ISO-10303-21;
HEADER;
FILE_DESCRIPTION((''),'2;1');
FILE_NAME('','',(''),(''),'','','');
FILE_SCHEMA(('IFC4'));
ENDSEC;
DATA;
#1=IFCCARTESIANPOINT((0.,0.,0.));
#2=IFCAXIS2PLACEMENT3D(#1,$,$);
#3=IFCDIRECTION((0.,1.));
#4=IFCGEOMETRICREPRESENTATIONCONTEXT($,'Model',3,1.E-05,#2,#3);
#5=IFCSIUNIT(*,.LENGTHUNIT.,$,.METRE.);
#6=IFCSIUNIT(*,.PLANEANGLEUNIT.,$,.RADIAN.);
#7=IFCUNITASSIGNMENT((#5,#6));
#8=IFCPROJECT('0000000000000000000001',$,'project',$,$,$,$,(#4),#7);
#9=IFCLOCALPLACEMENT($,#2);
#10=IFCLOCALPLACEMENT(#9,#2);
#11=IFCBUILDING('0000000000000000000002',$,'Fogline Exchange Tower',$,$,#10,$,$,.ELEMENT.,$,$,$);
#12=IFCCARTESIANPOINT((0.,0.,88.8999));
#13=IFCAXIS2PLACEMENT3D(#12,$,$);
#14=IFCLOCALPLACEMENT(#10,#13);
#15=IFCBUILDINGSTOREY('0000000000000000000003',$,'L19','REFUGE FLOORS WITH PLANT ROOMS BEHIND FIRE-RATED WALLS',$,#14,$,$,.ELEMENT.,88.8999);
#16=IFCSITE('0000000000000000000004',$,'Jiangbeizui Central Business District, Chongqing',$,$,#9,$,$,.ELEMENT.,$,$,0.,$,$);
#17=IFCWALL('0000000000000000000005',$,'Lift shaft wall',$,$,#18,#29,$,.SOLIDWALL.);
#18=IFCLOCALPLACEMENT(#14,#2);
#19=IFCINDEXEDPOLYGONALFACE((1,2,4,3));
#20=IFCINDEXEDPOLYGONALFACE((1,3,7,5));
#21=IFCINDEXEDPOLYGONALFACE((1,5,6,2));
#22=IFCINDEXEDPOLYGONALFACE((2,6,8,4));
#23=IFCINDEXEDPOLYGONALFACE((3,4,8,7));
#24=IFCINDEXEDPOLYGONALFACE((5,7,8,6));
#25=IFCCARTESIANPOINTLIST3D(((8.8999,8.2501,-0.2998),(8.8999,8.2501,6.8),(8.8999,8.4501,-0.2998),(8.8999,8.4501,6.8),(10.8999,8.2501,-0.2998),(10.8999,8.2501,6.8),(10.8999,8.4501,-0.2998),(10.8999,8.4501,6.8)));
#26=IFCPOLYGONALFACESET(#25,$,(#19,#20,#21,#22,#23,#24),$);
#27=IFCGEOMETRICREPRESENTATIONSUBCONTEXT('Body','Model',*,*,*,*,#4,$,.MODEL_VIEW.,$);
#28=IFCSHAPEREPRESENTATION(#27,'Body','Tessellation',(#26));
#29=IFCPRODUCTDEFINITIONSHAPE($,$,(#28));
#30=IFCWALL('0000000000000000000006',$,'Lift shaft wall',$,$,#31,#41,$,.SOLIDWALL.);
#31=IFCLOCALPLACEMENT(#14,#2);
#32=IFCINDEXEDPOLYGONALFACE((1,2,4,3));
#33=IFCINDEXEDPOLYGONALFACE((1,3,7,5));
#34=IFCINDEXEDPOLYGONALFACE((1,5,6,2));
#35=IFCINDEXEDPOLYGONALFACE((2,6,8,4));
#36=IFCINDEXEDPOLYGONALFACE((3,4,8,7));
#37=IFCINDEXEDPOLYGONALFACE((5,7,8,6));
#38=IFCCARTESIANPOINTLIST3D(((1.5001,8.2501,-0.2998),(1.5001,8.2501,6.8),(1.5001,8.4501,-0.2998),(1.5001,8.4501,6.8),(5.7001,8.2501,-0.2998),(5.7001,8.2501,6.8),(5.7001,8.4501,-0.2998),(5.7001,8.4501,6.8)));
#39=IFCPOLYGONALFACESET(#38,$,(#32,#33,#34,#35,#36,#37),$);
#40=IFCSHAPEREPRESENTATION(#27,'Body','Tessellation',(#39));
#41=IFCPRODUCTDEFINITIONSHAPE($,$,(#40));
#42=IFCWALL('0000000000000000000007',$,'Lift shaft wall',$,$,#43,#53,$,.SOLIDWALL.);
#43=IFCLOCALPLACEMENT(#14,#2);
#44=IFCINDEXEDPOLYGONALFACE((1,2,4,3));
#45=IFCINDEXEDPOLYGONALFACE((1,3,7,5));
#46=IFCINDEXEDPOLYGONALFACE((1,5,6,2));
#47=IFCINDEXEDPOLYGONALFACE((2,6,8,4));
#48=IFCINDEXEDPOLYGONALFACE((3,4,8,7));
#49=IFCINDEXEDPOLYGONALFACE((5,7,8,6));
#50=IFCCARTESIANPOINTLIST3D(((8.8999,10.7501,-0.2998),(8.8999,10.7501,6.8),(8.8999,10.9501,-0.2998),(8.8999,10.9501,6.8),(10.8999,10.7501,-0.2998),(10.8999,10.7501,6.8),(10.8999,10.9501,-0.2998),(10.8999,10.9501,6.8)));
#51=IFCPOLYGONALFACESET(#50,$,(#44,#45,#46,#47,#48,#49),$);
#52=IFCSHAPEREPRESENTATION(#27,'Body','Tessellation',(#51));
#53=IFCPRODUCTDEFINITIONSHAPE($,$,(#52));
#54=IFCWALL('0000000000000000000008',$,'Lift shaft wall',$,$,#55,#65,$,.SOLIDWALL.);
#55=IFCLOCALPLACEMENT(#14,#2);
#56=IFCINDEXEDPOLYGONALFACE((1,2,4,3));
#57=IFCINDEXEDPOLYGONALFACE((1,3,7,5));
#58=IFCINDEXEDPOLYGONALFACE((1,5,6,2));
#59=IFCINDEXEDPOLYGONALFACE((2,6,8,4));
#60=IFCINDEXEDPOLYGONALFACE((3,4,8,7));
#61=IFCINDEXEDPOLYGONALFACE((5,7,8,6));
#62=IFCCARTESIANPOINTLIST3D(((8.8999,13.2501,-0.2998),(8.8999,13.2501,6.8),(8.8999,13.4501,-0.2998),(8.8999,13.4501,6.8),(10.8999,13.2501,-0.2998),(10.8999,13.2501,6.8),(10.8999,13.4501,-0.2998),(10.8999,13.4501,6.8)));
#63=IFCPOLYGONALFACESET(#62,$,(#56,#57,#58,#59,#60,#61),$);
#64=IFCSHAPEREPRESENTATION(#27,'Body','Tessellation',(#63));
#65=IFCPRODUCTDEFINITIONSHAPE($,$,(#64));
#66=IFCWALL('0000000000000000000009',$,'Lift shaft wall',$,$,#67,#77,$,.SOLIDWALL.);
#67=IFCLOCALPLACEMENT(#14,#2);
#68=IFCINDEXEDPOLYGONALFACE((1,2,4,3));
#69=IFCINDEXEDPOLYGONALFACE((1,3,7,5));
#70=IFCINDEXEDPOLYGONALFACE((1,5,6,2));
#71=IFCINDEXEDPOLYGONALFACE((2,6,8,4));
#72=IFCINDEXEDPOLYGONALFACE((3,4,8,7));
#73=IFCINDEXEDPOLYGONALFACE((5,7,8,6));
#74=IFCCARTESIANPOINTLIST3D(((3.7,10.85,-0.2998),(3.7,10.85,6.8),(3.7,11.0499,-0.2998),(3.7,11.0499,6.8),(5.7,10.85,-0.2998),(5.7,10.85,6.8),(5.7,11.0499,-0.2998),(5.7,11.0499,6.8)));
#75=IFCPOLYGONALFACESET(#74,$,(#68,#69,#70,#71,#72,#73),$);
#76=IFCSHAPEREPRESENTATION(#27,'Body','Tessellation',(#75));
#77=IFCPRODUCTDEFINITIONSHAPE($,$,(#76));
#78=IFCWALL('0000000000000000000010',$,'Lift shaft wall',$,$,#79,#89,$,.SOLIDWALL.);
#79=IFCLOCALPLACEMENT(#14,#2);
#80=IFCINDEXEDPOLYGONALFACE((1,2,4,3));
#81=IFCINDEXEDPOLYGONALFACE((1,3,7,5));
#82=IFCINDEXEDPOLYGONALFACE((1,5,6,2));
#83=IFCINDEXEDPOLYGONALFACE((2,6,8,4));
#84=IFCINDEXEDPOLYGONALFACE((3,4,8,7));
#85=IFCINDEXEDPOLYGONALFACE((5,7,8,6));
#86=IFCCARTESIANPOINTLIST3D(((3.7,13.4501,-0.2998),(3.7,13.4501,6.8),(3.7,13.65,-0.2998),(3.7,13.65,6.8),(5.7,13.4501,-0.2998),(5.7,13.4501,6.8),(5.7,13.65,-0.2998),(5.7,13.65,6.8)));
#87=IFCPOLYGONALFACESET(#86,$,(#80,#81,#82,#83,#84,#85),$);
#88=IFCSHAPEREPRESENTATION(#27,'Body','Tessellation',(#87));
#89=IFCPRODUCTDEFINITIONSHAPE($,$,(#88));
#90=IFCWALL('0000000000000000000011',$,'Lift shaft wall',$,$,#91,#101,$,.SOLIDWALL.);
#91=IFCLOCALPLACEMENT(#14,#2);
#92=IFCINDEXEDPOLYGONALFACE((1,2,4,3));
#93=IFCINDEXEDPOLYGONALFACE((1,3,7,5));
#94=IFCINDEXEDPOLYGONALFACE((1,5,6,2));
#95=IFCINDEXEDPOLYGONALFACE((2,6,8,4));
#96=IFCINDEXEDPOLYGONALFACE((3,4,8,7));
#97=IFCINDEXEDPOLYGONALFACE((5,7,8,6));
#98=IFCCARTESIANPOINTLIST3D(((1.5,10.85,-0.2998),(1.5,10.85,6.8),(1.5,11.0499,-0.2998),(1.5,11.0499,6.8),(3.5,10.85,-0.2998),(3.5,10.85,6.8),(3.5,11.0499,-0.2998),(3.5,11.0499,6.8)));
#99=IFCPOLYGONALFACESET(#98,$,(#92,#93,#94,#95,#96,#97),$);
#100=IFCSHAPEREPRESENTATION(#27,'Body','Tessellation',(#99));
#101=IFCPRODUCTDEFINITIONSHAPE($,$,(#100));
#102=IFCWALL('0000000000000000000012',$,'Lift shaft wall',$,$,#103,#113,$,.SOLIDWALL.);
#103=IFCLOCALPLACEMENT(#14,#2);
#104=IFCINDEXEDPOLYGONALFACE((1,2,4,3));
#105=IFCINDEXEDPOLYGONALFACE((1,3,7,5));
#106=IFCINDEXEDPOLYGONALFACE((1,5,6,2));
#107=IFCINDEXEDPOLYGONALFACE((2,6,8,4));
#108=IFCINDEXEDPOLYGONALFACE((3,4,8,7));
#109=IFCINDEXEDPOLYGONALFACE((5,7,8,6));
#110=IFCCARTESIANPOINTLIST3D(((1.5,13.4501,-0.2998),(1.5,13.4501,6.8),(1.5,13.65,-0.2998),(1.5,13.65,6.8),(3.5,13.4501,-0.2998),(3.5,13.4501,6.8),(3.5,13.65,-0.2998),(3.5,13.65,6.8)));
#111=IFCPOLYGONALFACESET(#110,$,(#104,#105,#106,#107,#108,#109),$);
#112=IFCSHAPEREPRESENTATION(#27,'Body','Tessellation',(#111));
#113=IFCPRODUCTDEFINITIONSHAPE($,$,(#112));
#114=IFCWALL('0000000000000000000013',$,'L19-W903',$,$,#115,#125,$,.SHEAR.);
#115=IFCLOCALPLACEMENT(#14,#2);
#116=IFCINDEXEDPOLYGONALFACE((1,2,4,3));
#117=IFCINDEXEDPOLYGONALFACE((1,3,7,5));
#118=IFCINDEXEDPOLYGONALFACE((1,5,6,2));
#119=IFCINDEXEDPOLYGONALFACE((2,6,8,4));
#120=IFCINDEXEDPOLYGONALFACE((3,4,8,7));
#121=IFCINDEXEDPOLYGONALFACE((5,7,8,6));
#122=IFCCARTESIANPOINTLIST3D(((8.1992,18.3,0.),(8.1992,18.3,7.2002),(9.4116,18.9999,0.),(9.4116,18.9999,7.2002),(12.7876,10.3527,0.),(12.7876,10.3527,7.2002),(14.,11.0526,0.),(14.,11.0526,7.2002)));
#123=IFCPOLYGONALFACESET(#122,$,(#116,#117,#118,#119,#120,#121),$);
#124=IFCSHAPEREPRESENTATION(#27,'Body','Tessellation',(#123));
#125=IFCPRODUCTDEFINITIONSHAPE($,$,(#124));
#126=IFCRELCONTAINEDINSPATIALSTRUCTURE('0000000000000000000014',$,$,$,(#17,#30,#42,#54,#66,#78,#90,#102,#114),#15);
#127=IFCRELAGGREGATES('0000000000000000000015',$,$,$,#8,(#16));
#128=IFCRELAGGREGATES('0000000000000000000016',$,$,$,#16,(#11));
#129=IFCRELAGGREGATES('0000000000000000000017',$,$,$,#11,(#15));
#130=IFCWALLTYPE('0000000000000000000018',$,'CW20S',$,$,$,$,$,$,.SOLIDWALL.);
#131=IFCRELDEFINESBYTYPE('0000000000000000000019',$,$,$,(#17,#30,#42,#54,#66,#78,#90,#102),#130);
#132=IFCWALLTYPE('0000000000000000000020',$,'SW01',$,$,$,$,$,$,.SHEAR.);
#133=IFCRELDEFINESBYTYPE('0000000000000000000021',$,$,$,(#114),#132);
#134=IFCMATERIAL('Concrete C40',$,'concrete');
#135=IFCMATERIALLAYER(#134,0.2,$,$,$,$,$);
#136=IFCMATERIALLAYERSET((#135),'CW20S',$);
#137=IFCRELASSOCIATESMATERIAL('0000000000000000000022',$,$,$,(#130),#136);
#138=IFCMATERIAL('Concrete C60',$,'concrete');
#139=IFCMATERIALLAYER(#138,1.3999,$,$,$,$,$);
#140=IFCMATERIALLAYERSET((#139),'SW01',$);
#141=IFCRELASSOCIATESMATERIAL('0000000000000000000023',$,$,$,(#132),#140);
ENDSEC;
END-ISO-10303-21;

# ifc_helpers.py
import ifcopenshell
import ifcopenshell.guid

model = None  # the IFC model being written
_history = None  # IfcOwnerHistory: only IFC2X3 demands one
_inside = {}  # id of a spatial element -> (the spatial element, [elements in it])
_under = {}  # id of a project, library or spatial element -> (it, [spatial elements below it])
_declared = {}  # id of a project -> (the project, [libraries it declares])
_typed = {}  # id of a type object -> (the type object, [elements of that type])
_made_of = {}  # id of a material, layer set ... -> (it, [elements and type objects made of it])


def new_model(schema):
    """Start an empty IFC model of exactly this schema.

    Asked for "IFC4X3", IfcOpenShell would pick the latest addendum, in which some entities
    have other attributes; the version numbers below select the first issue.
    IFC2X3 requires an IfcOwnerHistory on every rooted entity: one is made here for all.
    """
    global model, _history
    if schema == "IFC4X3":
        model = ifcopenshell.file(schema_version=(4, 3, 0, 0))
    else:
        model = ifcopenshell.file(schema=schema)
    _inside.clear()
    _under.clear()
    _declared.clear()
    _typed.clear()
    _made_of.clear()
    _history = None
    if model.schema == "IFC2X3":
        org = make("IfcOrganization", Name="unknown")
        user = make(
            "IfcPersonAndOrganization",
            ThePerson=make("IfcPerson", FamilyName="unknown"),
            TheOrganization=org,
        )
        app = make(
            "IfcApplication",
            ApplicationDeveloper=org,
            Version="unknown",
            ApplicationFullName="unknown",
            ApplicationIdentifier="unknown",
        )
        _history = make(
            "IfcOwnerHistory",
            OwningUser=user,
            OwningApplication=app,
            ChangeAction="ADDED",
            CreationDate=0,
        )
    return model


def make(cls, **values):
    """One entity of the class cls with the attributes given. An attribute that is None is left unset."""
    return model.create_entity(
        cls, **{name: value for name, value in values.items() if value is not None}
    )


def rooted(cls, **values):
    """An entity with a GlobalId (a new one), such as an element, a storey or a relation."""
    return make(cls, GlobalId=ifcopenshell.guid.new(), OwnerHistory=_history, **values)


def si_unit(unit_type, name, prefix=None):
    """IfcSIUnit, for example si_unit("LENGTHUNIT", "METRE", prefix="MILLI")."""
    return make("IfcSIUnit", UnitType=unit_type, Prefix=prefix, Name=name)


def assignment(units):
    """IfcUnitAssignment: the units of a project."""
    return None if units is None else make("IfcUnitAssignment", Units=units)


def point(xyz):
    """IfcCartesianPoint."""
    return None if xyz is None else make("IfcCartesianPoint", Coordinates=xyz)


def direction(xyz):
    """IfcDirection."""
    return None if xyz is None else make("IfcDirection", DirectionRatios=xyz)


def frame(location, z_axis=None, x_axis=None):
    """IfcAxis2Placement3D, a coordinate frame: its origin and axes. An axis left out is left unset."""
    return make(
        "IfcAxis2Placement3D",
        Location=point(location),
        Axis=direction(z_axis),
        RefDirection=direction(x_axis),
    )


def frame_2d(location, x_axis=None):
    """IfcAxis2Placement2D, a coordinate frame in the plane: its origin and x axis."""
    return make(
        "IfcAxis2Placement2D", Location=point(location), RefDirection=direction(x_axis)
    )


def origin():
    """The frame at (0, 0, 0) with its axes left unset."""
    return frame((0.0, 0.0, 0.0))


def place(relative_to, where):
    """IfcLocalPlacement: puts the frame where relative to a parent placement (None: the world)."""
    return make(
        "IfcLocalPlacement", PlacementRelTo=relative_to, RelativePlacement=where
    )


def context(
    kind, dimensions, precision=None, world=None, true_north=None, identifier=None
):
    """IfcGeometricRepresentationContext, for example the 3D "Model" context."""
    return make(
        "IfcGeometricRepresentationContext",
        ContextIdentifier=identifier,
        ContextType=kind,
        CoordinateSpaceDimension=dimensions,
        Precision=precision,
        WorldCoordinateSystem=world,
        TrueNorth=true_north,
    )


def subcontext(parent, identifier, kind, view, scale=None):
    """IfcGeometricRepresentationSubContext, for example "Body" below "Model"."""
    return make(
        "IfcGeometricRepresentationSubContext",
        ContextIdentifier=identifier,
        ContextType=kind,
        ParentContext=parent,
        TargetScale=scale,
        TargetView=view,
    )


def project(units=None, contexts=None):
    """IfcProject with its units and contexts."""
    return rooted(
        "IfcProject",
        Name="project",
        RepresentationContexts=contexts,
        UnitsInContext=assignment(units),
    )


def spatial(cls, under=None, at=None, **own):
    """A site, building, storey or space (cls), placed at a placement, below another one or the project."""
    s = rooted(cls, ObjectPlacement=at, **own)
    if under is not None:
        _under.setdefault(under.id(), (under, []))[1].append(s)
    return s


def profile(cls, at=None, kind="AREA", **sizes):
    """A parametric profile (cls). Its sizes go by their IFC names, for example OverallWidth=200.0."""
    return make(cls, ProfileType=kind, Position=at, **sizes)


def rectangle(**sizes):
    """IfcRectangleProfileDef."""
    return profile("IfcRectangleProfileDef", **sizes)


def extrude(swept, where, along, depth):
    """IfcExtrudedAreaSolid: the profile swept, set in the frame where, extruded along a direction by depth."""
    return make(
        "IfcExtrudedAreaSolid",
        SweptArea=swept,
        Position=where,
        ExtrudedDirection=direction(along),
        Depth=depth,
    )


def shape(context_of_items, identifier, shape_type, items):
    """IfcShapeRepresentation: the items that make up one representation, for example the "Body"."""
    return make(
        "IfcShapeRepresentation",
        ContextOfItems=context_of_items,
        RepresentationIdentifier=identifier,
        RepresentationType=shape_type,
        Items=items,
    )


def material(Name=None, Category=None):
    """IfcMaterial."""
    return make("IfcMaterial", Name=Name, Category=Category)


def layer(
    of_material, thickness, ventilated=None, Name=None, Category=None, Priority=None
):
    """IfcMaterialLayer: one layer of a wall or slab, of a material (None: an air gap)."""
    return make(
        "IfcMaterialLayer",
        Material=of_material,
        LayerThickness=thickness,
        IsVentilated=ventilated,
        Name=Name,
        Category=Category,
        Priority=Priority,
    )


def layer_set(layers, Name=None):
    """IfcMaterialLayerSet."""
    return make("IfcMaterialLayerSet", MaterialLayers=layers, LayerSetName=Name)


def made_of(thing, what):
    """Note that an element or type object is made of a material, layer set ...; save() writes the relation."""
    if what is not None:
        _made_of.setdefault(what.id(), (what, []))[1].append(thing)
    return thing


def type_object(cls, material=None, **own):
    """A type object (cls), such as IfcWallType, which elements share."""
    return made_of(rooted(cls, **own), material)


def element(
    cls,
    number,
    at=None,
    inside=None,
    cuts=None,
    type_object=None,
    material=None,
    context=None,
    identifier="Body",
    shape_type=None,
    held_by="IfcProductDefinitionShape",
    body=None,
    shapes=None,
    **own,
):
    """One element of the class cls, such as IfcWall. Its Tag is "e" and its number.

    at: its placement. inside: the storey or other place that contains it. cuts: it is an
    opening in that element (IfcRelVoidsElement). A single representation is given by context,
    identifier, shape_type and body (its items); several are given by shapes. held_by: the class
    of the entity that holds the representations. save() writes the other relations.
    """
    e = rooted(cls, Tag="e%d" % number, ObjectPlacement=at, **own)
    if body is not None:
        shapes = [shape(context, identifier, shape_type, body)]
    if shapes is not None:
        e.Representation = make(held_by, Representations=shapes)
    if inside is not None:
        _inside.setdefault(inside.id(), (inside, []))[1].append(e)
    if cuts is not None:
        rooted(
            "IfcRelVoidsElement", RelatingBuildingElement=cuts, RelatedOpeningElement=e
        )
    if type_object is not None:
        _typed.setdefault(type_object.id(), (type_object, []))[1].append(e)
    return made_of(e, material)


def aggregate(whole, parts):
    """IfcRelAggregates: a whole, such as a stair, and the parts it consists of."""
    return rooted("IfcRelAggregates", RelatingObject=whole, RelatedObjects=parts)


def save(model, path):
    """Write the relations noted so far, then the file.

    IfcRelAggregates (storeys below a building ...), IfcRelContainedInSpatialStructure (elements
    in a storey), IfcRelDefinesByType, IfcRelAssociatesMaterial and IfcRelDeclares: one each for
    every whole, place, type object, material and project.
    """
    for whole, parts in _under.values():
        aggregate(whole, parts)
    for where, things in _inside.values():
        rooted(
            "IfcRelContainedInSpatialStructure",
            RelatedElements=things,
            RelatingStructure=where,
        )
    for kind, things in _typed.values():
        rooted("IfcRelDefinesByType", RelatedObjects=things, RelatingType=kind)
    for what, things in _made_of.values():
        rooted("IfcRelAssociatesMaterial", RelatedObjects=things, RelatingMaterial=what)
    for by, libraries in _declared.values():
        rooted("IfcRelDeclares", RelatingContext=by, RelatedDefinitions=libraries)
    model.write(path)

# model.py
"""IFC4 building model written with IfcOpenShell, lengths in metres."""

from ifc_helpers import new_model, si_unit, direction, frame, frame_2d, origin, place, context, subcontext, project, spatial, rectangle, extrude, material, layer, layer_set, type_object, element, save


model = new_model("IFC4")

# Units and contexts
model_context = context("Model", 3, precision=1e-05, world=origin(), true_north=direction((0.0, 1.0)))
body_context = subcontext(model_context, "Body", "Model", "MODEL_VIEW")
ifc_project = project(units=[si_unit("LENGTHUNIT", "METRE"), si_unit("PLANEANGLEUNIT", "RADIAN")], contexts=[model_context])

# Site, building, storey
site_placement = place(None, origin())
site = spatial("IfcSite", under=ifc_project, at=site_placement, Name="Jiangbeizui Central Business District, Chongqing", CompositionType="ELEMENT", RefElevation=0.0)
building_placement = place(site_placement, origin())
building = spatial("IfcBuilding", under=site, at=building_placement, Name="Fogline Exchange Tower", CompositionType="ELEMENT")
storey_placement = place(building_placement, frame((0.0, 0.0, 88.8999)))
storey = spatial("IfcBuildingStorey", under=building, at=storey_placement, Name="L19", Description="REFUGE FLOORS WITH PLANT ROOMS BEHIND FIRE-RATED WALLS", CompositionType="ELEMENT", Elevation=88.8999)

# Shared definitions
ifc_material_1 = material(Name="Concrete C40", Category="concrete")

# Shared definitions
ifc_layer_1 = layer(ifc_material_1, 0.2)
ifc_layer_set_1 = layer_set([ifc_layer_1], Name="CW20S")
wall_type_1 = type_object("IfcWallType", Name="CW20S", PredefinedType="SOLIDWALL", material=ifc_layer_set_1)

# Walls
wall_1_placement = place(storey_placement, frame((8.8999, 8.3501, -0.2998), z_axis=(0.0, 0.0, 1.0), x_axis=(1.0, 0.0, 0.0)))
element("IfcWall", 1, at=wall_1_placement, inside=storey, type_object=wall_type_1, Name="Lift shaft wall", PredefinedType="SOLIDWALL", context=body_context, shape_type="SweptSolid", body=[
    extrude(rectangle(XDim=2.0, YDim=0.2, at=frame_2d((1.0, 0.0))), origin(), (0.0, 0.0, 1.0), 7.0999),
])
wall_2_placement = place(storey_placement, frame((1.5, 8.3501, -0.2998), z_axis=(0.0, 0.0, 1.0), x_axis=(1.0, 0.0, 0.0)))
element("IfcWall", 2, at=wall_2_placement, inside=storey, type_object=wall_type_1, Name="Lift shaft wall", PredefinedType="SOLIDWALL", context=body_context, shape_type="SweptSolid", body=[
    extrude(rectangle(XDim=4.2, YDim=0.2, at=frame_2d((2.1001, 0.0))), origin(), (0.0, 0.0, 1.0), 7.0999),
])
for number, where, z_axis, x_axis, name in (
    (3, (8.8999, 10.8501, -0.2998), (0.0, 0.0, 1.0), (1.0, 0.0, 0.0), "Lift shaft wall"),
    (4, (8.8999, 13.3501, -0.2998), (0.0, 0.0, 1.0), (1.0, 0.0, 0.0), "Lift shaft wall"),
    (5, (3.7, 10.95, -0.2998), (0.0, 0.0, 1.0), (1.0, 0.0, 0.0), "Lift shaft wall"),
    (6, (3.7, 13.55, -0.2998), (0.0, 0.0, 1.0), (1.0, 0.0, 0.0), "Lift shaft wall"),
    (7, (1.5, 10.95, -0.2998), (0.0, 0.0, 1.0), (1.0, 0.0, 0.0), "Lift shaft wall"),
    (8, (1.5, 13.55, -0.2998), (0.0, 0.0, 1.0), (1.0, 0.0, 0.0), "Lift shaft wall"),
):
    element("IfcWall", number, at=place(storey_placement, frame(where, z_axis=z_axis, x_axis=x_axis)), inside=storey, type_object=wall_type_1, Name=name, PredefinedType="SOLIDWALL", context=body_context, shape_type="SweptSolid", body=[
        extrude(rectangle(XDim=2.0, YDim=0.2, at=frame_2d((1.0, 0.0))), origin(), (0.0, 0.0, 1.0), 7.0999),
    ])
ifc_material_2 = material(Name="Concrete C60", Category="concrete")
ifc_layer_2 = layer(ifc_material_2, 1.3999)
ifc_layer_set_2 = layer_set([ifc_layer_2], Name="SW01")
wall_type_2 = type_object("IfcWallType", Name="SW01", PredefinedType="SHEAR", material=ifc_layer_set_2)
wall_3_placement = place(storey_placement, frame((13.3938, 10.7026, 0.0), z_axis=(0.0, 0.0, 1.0), x_axis=(-0.500002, 0.866024, 0.0)))
element("IfcWall", 9, at=wall_3_placement, inside=storey, type_object=wall_type_2, Name="L19-W903", PredefinedType="SHEAR", context=body_context, shape_type="SweptSolid", body=[
    extrude(rectangle(XDim=9.1768, YDim=1.3999, at=frame_2d((4.5884, 0.0))), origin(), (0.0, 0.0, 1.0), 7.2002),
])

save(model, "model.ifc")
